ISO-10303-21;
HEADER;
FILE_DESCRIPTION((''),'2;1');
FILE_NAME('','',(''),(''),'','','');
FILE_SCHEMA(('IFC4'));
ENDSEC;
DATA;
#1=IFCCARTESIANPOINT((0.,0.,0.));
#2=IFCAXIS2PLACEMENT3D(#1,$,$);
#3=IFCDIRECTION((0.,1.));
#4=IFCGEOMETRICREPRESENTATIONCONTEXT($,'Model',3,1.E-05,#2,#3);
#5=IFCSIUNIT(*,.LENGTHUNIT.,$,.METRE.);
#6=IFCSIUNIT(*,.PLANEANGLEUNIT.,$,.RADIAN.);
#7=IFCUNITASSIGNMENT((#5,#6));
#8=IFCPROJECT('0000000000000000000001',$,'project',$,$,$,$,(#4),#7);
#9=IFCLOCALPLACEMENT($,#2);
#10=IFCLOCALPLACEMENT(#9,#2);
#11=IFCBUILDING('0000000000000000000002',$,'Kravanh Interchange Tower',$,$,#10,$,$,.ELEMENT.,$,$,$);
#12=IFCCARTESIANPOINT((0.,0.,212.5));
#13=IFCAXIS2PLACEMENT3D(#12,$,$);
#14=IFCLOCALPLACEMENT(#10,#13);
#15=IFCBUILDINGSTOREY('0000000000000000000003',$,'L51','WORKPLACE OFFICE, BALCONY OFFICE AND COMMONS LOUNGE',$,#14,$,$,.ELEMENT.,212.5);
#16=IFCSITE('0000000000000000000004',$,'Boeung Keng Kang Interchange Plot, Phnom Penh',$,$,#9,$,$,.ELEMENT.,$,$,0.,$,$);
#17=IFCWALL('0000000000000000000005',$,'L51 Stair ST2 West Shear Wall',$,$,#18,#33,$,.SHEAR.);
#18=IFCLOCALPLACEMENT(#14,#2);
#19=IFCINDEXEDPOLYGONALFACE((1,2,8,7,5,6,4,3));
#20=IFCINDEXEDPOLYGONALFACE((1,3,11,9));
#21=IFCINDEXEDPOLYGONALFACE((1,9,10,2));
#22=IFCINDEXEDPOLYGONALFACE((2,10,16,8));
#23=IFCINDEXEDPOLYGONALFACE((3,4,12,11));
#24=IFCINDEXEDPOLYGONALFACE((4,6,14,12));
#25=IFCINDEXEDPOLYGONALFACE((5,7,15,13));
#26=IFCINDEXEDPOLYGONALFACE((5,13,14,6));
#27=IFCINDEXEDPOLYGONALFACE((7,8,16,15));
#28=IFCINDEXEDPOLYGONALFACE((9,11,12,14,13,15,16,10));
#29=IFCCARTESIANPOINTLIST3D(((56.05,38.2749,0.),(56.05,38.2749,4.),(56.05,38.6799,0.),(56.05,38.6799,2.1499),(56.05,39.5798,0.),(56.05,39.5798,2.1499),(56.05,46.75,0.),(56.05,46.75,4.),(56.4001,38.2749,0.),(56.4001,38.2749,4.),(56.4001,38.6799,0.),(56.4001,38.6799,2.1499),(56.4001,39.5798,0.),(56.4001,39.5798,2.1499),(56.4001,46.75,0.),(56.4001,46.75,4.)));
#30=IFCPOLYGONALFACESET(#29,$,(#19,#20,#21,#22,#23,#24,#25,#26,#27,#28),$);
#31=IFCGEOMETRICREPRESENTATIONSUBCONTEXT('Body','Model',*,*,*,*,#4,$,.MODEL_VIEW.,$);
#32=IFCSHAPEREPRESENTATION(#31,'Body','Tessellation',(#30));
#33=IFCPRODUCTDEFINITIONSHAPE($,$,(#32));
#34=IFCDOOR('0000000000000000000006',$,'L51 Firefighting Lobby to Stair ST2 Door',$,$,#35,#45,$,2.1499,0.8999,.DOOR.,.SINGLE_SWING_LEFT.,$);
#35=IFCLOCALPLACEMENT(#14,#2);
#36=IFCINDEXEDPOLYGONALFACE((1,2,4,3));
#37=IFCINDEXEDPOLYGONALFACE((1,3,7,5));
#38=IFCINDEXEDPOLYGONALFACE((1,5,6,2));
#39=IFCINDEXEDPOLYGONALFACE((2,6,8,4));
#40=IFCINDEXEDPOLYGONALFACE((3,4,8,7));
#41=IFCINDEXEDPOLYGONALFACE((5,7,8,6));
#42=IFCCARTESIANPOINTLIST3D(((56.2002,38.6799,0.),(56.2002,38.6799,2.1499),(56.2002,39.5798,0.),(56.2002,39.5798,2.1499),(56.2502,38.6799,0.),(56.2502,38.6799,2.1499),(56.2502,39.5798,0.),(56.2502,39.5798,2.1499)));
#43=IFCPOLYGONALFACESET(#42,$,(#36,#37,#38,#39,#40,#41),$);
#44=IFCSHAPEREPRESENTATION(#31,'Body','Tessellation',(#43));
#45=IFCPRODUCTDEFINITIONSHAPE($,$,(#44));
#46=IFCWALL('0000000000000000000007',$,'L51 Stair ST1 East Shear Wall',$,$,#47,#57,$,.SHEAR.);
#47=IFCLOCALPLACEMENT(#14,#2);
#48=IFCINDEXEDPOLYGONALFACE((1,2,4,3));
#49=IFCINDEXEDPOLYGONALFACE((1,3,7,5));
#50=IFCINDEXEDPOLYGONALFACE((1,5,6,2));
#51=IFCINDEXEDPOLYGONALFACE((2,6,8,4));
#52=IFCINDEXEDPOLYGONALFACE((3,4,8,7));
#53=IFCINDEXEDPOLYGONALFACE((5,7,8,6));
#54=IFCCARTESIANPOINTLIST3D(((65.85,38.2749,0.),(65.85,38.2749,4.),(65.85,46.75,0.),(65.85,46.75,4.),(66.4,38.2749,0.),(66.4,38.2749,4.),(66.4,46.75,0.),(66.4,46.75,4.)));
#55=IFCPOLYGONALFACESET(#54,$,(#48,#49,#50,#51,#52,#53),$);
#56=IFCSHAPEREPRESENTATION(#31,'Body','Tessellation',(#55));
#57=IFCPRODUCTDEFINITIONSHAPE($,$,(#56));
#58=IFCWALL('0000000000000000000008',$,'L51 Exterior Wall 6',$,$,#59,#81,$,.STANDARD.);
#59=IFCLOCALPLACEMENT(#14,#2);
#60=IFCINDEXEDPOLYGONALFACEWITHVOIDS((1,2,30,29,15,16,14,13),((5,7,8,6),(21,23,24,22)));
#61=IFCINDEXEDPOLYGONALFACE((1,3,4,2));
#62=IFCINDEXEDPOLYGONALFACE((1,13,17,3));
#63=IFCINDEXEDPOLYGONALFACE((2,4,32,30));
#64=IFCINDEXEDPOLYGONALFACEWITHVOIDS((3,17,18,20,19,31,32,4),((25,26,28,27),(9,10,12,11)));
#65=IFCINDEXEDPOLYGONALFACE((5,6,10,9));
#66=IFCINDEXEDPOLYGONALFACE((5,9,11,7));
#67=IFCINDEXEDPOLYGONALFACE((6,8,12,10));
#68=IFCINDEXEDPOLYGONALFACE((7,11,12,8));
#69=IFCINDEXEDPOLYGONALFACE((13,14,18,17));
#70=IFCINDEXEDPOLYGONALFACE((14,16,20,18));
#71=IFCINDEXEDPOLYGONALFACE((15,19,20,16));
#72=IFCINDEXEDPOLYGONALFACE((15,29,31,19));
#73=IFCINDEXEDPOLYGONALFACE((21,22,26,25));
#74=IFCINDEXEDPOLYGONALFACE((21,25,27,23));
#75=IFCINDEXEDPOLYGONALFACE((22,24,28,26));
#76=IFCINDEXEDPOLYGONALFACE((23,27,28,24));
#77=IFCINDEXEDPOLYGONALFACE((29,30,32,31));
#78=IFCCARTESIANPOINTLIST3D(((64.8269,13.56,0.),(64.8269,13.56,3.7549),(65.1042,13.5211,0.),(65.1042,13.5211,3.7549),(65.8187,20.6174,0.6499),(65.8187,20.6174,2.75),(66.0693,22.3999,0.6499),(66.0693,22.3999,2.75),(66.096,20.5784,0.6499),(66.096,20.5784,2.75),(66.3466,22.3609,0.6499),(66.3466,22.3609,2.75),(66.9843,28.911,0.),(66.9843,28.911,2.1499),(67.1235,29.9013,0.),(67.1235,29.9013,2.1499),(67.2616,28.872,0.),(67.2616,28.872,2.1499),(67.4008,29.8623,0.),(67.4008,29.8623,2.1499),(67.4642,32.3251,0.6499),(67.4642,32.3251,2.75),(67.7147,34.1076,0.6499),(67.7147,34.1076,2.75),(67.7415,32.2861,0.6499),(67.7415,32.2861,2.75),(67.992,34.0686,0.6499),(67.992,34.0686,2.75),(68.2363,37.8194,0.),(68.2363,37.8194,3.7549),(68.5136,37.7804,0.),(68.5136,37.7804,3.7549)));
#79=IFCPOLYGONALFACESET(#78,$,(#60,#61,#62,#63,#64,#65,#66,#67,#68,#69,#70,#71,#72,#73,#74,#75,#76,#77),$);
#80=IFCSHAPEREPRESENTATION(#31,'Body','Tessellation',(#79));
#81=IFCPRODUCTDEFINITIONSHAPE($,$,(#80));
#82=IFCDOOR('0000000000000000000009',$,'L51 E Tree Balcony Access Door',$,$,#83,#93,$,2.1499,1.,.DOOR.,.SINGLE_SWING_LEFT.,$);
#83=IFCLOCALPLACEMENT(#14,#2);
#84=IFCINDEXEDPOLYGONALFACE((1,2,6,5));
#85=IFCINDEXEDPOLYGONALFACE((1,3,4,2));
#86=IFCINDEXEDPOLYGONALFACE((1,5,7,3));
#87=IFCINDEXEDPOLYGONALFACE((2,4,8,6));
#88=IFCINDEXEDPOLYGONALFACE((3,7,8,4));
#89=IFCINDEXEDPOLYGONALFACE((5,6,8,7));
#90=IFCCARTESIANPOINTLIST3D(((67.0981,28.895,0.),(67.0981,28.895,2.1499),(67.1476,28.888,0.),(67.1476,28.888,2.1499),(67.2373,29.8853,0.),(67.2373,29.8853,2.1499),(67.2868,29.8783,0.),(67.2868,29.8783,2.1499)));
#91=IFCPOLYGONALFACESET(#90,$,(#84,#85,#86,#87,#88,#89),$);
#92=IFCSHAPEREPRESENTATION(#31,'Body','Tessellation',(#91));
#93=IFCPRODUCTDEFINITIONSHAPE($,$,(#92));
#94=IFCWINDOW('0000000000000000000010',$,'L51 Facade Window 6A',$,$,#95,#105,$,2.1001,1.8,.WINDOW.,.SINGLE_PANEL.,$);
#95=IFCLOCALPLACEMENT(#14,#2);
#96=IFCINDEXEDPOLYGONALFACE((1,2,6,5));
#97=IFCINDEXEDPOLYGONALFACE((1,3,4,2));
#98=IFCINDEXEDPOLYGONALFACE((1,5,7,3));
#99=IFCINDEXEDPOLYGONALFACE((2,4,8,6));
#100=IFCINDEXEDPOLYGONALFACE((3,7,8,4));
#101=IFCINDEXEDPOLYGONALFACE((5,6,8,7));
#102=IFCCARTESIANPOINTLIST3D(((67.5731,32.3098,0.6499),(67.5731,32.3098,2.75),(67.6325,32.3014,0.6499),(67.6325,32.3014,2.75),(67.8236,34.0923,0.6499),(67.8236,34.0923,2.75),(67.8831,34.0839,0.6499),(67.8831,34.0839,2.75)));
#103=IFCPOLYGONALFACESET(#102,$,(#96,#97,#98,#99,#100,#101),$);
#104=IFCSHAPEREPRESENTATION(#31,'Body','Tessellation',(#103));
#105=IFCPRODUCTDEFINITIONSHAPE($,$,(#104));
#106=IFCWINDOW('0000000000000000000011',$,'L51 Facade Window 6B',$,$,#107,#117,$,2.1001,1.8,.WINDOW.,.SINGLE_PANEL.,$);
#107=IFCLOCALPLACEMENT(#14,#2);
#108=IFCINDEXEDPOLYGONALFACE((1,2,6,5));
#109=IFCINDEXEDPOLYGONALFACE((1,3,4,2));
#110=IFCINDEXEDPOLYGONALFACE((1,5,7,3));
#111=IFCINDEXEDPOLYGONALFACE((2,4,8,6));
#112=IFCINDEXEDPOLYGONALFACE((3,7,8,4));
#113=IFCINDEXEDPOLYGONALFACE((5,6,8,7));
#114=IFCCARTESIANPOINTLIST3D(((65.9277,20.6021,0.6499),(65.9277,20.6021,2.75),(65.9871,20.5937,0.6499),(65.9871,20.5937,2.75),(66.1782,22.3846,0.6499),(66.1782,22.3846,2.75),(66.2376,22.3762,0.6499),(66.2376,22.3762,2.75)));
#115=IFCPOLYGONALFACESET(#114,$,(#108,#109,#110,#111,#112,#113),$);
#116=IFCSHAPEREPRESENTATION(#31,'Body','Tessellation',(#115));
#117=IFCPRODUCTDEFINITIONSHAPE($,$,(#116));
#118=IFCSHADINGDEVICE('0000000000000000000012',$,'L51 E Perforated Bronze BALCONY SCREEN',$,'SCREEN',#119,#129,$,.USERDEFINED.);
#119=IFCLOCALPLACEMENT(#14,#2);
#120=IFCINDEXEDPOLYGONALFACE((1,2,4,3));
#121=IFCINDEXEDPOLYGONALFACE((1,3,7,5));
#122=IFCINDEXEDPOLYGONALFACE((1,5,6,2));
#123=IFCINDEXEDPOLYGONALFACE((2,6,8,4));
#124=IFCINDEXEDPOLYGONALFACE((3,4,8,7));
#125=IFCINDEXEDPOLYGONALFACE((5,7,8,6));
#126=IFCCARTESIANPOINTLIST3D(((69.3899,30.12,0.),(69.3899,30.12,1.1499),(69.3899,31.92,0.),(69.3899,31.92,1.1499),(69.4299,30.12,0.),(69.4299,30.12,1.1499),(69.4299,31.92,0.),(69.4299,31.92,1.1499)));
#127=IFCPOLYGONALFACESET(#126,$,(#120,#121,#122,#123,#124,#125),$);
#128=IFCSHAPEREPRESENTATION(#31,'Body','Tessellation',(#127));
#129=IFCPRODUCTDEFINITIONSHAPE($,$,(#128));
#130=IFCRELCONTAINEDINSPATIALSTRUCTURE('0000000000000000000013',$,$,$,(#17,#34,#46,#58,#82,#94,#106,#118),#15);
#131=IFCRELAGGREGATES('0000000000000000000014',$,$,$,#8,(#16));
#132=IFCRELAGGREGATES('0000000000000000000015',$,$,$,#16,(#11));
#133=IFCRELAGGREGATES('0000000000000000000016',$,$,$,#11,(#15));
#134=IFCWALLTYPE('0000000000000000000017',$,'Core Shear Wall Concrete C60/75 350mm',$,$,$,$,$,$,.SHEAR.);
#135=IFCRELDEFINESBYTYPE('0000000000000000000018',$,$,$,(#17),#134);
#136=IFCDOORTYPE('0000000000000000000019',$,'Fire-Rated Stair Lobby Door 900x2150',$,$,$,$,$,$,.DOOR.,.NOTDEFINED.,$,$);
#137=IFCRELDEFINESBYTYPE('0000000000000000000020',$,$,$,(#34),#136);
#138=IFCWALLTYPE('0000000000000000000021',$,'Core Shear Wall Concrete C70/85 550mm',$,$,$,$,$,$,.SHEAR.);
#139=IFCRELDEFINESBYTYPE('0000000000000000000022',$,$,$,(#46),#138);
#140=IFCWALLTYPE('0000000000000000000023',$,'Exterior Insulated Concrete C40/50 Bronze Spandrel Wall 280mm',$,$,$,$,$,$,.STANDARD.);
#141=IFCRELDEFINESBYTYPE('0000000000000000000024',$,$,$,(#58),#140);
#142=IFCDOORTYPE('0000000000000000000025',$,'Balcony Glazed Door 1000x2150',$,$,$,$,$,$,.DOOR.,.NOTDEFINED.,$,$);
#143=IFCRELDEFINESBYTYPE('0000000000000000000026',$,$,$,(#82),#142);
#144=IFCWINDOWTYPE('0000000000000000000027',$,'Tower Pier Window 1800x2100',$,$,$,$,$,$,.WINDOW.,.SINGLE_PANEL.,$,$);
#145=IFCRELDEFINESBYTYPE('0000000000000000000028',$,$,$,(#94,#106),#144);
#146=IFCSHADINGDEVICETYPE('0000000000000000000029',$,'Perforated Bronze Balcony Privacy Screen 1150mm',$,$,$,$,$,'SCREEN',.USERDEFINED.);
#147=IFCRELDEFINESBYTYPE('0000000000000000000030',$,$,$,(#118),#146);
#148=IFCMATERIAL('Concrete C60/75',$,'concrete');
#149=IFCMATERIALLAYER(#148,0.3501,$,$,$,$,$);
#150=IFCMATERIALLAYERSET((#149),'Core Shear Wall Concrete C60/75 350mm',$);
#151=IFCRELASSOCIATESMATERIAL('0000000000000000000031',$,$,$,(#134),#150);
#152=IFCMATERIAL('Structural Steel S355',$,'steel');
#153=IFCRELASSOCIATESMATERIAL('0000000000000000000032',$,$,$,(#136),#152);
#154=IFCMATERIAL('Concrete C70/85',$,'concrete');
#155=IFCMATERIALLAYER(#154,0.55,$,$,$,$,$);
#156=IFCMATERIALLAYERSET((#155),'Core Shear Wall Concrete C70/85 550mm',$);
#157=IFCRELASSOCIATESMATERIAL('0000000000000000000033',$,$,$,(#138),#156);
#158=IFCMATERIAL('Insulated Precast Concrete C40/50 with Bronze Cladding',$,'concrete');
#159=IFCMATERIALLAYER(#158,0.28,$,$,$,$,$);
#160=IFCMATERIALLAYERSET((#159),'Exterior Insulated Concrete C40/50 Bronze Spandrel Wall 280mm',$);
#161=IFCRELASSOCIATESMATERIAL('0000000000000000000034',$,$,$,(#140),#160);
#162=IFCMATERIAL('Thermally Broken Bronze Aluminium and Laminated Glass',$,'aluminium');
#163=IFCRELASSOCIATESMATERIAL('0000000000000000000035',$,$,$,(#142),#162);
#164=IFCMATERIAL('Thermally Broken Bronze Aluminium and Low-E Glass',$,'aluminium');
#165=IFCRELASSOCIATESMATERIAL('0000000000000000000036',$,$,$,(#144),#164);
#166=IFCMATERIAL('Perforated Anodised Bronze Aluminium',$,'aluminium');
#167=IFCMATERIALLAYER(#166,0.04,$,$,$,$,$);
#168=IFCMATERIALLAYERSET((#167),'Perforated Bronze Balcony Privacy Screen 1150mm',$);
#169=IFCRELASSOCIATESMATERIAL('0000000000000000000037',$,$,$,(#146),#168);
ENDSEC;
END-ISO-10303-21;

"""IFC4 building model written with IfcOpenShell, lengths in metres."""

from ifc_helpers import new_model, si_unit, direction, frame, frame_2d, origin, origin_2d, place, context, subcontext, project, spatial, rectangle, extrude, material, layer, layer_set, type_object, element, fill, save


model = new_model("IFC4")

# Units and contexts
model_context = context("Model", 3, precision=1e-05, world=origin(), true_north=direction((0.0, 1.0)))
body_context = subcontext(model_context, "Body", "Model", "MODEL_VIEW")
ifc_project = project(units=[si_unit("LENGTHUNIT", "METRE"), si_unit("PLANEANGLEUNIT", "RADIAN")], contexts=[model_context])

# Site, building, storey
site_placement = place(None, origin())
site = spatial("IfcSite", under=ifc_project, at=site_placement, Name="Boeung Keng Kang Interchange Plot, Phnom Penh", CompositionType="ELEMENT", RefElevation=0.0)
building_placement = place(site_placement, origin())
building = spatial("IfcBuilding", under=site, at=building_placement, Name="Kravanh Interchange Tower", CompositionType="ELEMENT")
storey_placement = place(building_placement, frame((0.0, 0.0, 212.5)))
storey = spatial("IfcBuildingStorey", under=building, at=storey_placement, Name="L51", Description="WORKPLACE OFFICE, BALCONY OFFICE AND COMMONS LOUNGE", CompositionType="ELEMENT", Elevation=212.5)

# Shared definitions
ifc_material_1 = material(Name="Concrete C60/75", Category="concrete")
ifc_layer_1 = layer(ifc_material_1, 0.3501)
ifc_layer_set_1 = layer_set([ifc_layer_1], Name="Core Shear Wall Concrete C60/75 350mm")
wall_type_1 = type_object("IfcWallType", Name="Core Shear Wall Concrete C60/75 350mm", PredefinedType="SHEAR", material=ifc_layer_set_1)

# Wall, opening, door
wall_1_placement = place(storey_placement, frame((56.2251, 38.2749, 0.0), z_axis=(0.0, 0.0, 1.0), x_axis=(0.0, 1.0, 0.0)))
wall_1 = element("IfcWall", 1, at=wall_1_placement, inside=storey, type_object=wall_type_1, Name="L51 Stair ST2 West Shear Wall", PredefinedType="SHEAR", context=body_context, shape_type="SweptSolid", body=[
    extrude(rectangle(XDim=8.4751, YDim=0.3501, at=frame_2d((4.2375, 0.0))), origin(), (0.0, 0.0, 1.0), 4.0),
])
opening_1_placement = place(wall_1_placement, frame((0.405, 0.0, 0.0)))
opening_1 = element("IfcOpeningElement", 2, at=opening_1_placement, cuts=wall_1, PredefinedType="OPENING", context=body_context, shape_type="SweptSolid", body=[
    extrude(rectangle(XDim=0.8999, YDim=2.1499, at=frame_2d((0.45, 1.075))), frame((0.0, 0.1851, 0.0), z_axis=(0.0, -1.0, 0.0), x_axis=(1.0, 0.0, 0.0)), (0.0, 0.0, 1.0), 0.3701),
])
ifc_material_2 = material(Name="Structural Steel S355", Category="steel")
door_type_1 = type_object("IfcDoorType", Name="Fire-Rated Stair Lobby Door 900x2150", OperationType="NOTDEFINED", PredefinedType="DOOR", material=ifc_material_2)
door_1_placement = place(opening_1_placement, origin())
door_1 = element("IfcDoor", 3, at=door_1_placement, inside=storey, type_object=door_type_1, Name="L51 Firefighting Lobby to Stair ST2 Door", OperationType="SINGLE_SWING_LEFT", OverallHeight=2.1499, OverallWidth=0.8999, PredefinedType="DOOR", context=body_context, shape_type="SweptSolid", body=[
    extrude(rectangle(XDim=0.8999, YDim=2.1499, at=frame_2d((0.45, 1.075))), frame((0.0, 0.0249, 0.0), z_axis=(0.0, -1.0, 0.0), x_axis=(1.0, 0.0, 0.0)), (0.0, 0.0, 1.0), 0.05),
])
fill(opening_1, door_1)

# Wall
ifc_material_3 = material(Name="Concrete C70/85", Category="concrete")
ifc_layer_2 = layer(ifc_material_3, 0.55)
ifc_layer_set_2 = layer_set([ifc_layer_2], Name="Core Shear Wall Concrete C70/85 550mm")
wall_type_2 = type_object("IfcWallType", Name="Core Shear Wall Concrete C70/85 550mm", PredefinedType="SHEAR", material=ifc_layer_set_2)
wall_2_placement = place(storey_placement, frame((66.125, 38.2749, 0.0), z_axis=(0.0, 0.0, 1.0), x_axis=(0.0, 1.0, 0.0)))
element("IfcWall", 4, at=wall_2_placement, inside=storey, type_object=wall_type_2, Name="L51 Stair ST1 East Shear Wall", PredefinedType="SHEAR", context=body_context, shape_type="SweptSolid", body=[
    extrude(rectangle(XDim=8.4751, YDim=0.55, at=frame_2d((4.2375, 0.0))), origin(), (0.0, 0.0, 1.0), 4.0),
])

# Wall, openings, door, windows
ifc_material_4 = material(Name="Insulated Precast Concrete C40/50 with Bronze Cladding", Category="concrete")
ifc_layer_3 = layer(ifc_material_4, 0.28)
ifc_layer_set_3 = layer_set([ifc_layer_3], Name="Exterior Insulated Concrete C40/50 Bronze Spandrel Wall 280mm")
wall_type_3 = type_object("IfcWallType", Name="Exterior Insulated Concrete C40/50 Bronze Spandrel Wall 280mm", PredefinedType="STANDARD", material=ifc_layer_set_3)
wall_3_placement = place(storey_placement, frame((68.375, 37.8, 0.0), z_axis=(0.0, 0.0, 1.0), x_axis=(-0.139173, -0.990268, 0.0)))
wall_3 = element("IfcWall", 5, at=wall_3_placement, inside=storey, type_object=wall_type_3, Name="L51 Exterior Wall 6", PredefinedType="STANDARD", context=body_context, shape_type="SweptSolid", body=[
    extrude(rectangle(XDim=24.4978, YDim=0.28, at=frame_2d((12.249, 0.0))), origin(), (0.0, 0.0, 1.0), 3.7549),
])
opening_2_placement = place(wall_3_placement, frame((7.9961, 0.0, 0.0)))
opening_2 = element("IfcOpeningElement", 6, at=opening_2_placement, cuts=wall_3, PredefinedType="OPENING", context=body_context, shape_type="SweptSolid", body=[
    extrude(rectangle(XDim=1.0, YDim=2.1499, at=frame_2d((0.5, 1.075))), frame((0.0, 0.1499, 0.0), z_axis=(0.0, -1.0, 0.0), x_axis=(1.0, 0.0, 0.0)), (0.0, 0.0, 1.0), 0.3),
])
opening_3_placement = place(wall_3_placement, frame((3.7485, 0.0, 0.6499)))
opening_3 = element("IfcOpeningElement", 7, at=opening_3_placement, cuts=wall_3, PredefinedType="OPENING", context=body_context, shape_type="SweptSolid", body=[
    extrude(rectangle(XDim=1.8, YDim=2.1001, at=frame_2d((0.8999, 1.05))), frame((0.0, 0.1499, 0.0), z_axis=(0.0, -1.0, 0.0), x_axis=(1.0, 0.0, 0.0)), (0.0, 0.0, 1.0), 0.3),
])
opening_4_placement = place(wall_3_placement, frame((15.5713, 0.0, 0.6499)))
opening_4 = element("IfcOpeningElement", 8, at=opening_4_placement, cuts=wall_3, PredefinedType="OPENING", context=body_context, shape_type="SweptSolid", body=[
    extrude(rectangle(XDim=1.8, YDim=2.1001, at=frame_2d((0.8999, 1.05))), frame((0.0, 0.1499, 0.0), z_axis=(0.0, -1.0, 0.0), x_axis=(1.0, 0.0, 0.0)), (0.0, 0.0, 1.0), 0.3),
])
ifc_material_5 = material(Name="Thermally Broken Bronze Aluminium and Laminated Glass", Category="aluminium")
door_type_2 = type_object("IfcDoorType", Name="Balcony Glazed Door 1000x2150", OperationType="NOTDEFINED", PredefinedType="DOOR", material=ifc_material_5)
door_2_placement = place(opening_2_placement, origin())
door_2 = element("IfcDoor", 9, at=door_2_placement, inside=storey, type_object=door_type_2, Name="L51 E Tree Balcony Access Door", OperationType="SINGLE_SWING_LEFT", OverallHeight=2.1499, OverallWidth=1.0, PredefinedType="DOOR", context=body_context, shape_type="SweptSolid", body=[
    extrude(rectangle(XDim=1.0, YDim=2.1499, at=frame_2d((0.5, 1.075))), frame((0.0, 0.0249, 0.0), z_axis=(0.0, -1.0, 0.0), x_axis=(1.0, 0.0, 0.0)), (0.0, 0.0, 1.0), 0.05),
])
fill(opening_2, door_2)
ifc_material_6 = material(Name="Thermally Broken Bronze Aluminium and Low-E Glass", Category="aluminium")
window_type = type_object("IfcWindowType", Name="Tower Pier Window 1800x2100", PartitioningType="SINGLE_PANEL", PredefinedType="WINDOW", material=ifc_material_6)
window_1_placement = place(opening_3_placement, origin())
window_1 = element("IfcWindow", 10, at=window_1_placement, inside=storey, type_object=window_type, Name="L51 Facade Window 6A", OverallHeight=2.1001, OverallWidth=1.8, PartitioningType="SINGLE_PANEL", PredefinedType="WINDOW", context=body_context, shape_type="SweptSolid", body=[
    extrude(rectangle(XDim=1.8, YDim=2.1001, at=frame_2d((0.8999, 1.05))), frame((0.0, 0.03, 0.0), z_axis=(0.0, -1.0, 0.0), x_axis=(1.0, 0.0, 0.0)), (0.0, 0.0, 1.0), 0.0601),
])
fill(opening_3, window_1)
window_2_placement = place(opening_4_placement, origin())
window_2 = element("IfcWindow", 11, at=window_2_placement, inside=storey, type_object=window_type, Name="L51 Facade Window 6B", OverallHeight=2.1001, OverallWidth=1.8, PartitioningType="SINGLE_PANEL", PredefinedType="WINDOW", context=body_context, shape_type="SweptSolid", body=[
    extrude(rectangle(XDim=1.8, YDim=2.1001, at=frame_2d((0.8999, 1.05))), frame((0.0, 0.03, 0.0), z_axis=(0.0, -1.0, 0.0), x_axis=(1.0, 0.0, 0.0)), (0.0, 0.0, 1.0), 0.0601),
])
fill(opening_4, window_2)

# Shading device
ifc_material_7 = material(Name="Perforated Anodised Bronze Aluminium", Category="aluminium")
ifc_layer_4 = layer(ifc_material_7, 0.04)
ifc_layer_set_4 = layer_set([ifc_layer_4], Name="Perforated Bronze Balcony Privacy Screen 1150mm")
shading_device_type = type_object("IfcShadingDeviceType", Name="Perforated Bronze Balcony Privacy Screen 1150mm", ElementType="SCREEN", PredefinedType="USERDEFINED", material=ifc_layer_set_4)
shading_device_placement = place(storey_placement, frame((69.4099, 31.02, 0.0), z_axis=(0.0, 0.0, 1.0), x_axis=(1.0, 0.0, 0.0)))
element("IfcShadingDevice", 12, at=shading_device_placement, inside=storey, type_object=shading_device_type, Name="L51 E Perforated Bronze BALCONY SCREEN", ObjectType="SCREEN", PredefinedType="USERDEFINED", context=body_context, shape_type="SweptSolid", body=[
    extrude(rectangle(XDim=0.04, YDim=1.8, at=origin_2d()), origin(), (0.0, 0.0, 1.0), 1.1499),
])

save(model, "model.ifc")
